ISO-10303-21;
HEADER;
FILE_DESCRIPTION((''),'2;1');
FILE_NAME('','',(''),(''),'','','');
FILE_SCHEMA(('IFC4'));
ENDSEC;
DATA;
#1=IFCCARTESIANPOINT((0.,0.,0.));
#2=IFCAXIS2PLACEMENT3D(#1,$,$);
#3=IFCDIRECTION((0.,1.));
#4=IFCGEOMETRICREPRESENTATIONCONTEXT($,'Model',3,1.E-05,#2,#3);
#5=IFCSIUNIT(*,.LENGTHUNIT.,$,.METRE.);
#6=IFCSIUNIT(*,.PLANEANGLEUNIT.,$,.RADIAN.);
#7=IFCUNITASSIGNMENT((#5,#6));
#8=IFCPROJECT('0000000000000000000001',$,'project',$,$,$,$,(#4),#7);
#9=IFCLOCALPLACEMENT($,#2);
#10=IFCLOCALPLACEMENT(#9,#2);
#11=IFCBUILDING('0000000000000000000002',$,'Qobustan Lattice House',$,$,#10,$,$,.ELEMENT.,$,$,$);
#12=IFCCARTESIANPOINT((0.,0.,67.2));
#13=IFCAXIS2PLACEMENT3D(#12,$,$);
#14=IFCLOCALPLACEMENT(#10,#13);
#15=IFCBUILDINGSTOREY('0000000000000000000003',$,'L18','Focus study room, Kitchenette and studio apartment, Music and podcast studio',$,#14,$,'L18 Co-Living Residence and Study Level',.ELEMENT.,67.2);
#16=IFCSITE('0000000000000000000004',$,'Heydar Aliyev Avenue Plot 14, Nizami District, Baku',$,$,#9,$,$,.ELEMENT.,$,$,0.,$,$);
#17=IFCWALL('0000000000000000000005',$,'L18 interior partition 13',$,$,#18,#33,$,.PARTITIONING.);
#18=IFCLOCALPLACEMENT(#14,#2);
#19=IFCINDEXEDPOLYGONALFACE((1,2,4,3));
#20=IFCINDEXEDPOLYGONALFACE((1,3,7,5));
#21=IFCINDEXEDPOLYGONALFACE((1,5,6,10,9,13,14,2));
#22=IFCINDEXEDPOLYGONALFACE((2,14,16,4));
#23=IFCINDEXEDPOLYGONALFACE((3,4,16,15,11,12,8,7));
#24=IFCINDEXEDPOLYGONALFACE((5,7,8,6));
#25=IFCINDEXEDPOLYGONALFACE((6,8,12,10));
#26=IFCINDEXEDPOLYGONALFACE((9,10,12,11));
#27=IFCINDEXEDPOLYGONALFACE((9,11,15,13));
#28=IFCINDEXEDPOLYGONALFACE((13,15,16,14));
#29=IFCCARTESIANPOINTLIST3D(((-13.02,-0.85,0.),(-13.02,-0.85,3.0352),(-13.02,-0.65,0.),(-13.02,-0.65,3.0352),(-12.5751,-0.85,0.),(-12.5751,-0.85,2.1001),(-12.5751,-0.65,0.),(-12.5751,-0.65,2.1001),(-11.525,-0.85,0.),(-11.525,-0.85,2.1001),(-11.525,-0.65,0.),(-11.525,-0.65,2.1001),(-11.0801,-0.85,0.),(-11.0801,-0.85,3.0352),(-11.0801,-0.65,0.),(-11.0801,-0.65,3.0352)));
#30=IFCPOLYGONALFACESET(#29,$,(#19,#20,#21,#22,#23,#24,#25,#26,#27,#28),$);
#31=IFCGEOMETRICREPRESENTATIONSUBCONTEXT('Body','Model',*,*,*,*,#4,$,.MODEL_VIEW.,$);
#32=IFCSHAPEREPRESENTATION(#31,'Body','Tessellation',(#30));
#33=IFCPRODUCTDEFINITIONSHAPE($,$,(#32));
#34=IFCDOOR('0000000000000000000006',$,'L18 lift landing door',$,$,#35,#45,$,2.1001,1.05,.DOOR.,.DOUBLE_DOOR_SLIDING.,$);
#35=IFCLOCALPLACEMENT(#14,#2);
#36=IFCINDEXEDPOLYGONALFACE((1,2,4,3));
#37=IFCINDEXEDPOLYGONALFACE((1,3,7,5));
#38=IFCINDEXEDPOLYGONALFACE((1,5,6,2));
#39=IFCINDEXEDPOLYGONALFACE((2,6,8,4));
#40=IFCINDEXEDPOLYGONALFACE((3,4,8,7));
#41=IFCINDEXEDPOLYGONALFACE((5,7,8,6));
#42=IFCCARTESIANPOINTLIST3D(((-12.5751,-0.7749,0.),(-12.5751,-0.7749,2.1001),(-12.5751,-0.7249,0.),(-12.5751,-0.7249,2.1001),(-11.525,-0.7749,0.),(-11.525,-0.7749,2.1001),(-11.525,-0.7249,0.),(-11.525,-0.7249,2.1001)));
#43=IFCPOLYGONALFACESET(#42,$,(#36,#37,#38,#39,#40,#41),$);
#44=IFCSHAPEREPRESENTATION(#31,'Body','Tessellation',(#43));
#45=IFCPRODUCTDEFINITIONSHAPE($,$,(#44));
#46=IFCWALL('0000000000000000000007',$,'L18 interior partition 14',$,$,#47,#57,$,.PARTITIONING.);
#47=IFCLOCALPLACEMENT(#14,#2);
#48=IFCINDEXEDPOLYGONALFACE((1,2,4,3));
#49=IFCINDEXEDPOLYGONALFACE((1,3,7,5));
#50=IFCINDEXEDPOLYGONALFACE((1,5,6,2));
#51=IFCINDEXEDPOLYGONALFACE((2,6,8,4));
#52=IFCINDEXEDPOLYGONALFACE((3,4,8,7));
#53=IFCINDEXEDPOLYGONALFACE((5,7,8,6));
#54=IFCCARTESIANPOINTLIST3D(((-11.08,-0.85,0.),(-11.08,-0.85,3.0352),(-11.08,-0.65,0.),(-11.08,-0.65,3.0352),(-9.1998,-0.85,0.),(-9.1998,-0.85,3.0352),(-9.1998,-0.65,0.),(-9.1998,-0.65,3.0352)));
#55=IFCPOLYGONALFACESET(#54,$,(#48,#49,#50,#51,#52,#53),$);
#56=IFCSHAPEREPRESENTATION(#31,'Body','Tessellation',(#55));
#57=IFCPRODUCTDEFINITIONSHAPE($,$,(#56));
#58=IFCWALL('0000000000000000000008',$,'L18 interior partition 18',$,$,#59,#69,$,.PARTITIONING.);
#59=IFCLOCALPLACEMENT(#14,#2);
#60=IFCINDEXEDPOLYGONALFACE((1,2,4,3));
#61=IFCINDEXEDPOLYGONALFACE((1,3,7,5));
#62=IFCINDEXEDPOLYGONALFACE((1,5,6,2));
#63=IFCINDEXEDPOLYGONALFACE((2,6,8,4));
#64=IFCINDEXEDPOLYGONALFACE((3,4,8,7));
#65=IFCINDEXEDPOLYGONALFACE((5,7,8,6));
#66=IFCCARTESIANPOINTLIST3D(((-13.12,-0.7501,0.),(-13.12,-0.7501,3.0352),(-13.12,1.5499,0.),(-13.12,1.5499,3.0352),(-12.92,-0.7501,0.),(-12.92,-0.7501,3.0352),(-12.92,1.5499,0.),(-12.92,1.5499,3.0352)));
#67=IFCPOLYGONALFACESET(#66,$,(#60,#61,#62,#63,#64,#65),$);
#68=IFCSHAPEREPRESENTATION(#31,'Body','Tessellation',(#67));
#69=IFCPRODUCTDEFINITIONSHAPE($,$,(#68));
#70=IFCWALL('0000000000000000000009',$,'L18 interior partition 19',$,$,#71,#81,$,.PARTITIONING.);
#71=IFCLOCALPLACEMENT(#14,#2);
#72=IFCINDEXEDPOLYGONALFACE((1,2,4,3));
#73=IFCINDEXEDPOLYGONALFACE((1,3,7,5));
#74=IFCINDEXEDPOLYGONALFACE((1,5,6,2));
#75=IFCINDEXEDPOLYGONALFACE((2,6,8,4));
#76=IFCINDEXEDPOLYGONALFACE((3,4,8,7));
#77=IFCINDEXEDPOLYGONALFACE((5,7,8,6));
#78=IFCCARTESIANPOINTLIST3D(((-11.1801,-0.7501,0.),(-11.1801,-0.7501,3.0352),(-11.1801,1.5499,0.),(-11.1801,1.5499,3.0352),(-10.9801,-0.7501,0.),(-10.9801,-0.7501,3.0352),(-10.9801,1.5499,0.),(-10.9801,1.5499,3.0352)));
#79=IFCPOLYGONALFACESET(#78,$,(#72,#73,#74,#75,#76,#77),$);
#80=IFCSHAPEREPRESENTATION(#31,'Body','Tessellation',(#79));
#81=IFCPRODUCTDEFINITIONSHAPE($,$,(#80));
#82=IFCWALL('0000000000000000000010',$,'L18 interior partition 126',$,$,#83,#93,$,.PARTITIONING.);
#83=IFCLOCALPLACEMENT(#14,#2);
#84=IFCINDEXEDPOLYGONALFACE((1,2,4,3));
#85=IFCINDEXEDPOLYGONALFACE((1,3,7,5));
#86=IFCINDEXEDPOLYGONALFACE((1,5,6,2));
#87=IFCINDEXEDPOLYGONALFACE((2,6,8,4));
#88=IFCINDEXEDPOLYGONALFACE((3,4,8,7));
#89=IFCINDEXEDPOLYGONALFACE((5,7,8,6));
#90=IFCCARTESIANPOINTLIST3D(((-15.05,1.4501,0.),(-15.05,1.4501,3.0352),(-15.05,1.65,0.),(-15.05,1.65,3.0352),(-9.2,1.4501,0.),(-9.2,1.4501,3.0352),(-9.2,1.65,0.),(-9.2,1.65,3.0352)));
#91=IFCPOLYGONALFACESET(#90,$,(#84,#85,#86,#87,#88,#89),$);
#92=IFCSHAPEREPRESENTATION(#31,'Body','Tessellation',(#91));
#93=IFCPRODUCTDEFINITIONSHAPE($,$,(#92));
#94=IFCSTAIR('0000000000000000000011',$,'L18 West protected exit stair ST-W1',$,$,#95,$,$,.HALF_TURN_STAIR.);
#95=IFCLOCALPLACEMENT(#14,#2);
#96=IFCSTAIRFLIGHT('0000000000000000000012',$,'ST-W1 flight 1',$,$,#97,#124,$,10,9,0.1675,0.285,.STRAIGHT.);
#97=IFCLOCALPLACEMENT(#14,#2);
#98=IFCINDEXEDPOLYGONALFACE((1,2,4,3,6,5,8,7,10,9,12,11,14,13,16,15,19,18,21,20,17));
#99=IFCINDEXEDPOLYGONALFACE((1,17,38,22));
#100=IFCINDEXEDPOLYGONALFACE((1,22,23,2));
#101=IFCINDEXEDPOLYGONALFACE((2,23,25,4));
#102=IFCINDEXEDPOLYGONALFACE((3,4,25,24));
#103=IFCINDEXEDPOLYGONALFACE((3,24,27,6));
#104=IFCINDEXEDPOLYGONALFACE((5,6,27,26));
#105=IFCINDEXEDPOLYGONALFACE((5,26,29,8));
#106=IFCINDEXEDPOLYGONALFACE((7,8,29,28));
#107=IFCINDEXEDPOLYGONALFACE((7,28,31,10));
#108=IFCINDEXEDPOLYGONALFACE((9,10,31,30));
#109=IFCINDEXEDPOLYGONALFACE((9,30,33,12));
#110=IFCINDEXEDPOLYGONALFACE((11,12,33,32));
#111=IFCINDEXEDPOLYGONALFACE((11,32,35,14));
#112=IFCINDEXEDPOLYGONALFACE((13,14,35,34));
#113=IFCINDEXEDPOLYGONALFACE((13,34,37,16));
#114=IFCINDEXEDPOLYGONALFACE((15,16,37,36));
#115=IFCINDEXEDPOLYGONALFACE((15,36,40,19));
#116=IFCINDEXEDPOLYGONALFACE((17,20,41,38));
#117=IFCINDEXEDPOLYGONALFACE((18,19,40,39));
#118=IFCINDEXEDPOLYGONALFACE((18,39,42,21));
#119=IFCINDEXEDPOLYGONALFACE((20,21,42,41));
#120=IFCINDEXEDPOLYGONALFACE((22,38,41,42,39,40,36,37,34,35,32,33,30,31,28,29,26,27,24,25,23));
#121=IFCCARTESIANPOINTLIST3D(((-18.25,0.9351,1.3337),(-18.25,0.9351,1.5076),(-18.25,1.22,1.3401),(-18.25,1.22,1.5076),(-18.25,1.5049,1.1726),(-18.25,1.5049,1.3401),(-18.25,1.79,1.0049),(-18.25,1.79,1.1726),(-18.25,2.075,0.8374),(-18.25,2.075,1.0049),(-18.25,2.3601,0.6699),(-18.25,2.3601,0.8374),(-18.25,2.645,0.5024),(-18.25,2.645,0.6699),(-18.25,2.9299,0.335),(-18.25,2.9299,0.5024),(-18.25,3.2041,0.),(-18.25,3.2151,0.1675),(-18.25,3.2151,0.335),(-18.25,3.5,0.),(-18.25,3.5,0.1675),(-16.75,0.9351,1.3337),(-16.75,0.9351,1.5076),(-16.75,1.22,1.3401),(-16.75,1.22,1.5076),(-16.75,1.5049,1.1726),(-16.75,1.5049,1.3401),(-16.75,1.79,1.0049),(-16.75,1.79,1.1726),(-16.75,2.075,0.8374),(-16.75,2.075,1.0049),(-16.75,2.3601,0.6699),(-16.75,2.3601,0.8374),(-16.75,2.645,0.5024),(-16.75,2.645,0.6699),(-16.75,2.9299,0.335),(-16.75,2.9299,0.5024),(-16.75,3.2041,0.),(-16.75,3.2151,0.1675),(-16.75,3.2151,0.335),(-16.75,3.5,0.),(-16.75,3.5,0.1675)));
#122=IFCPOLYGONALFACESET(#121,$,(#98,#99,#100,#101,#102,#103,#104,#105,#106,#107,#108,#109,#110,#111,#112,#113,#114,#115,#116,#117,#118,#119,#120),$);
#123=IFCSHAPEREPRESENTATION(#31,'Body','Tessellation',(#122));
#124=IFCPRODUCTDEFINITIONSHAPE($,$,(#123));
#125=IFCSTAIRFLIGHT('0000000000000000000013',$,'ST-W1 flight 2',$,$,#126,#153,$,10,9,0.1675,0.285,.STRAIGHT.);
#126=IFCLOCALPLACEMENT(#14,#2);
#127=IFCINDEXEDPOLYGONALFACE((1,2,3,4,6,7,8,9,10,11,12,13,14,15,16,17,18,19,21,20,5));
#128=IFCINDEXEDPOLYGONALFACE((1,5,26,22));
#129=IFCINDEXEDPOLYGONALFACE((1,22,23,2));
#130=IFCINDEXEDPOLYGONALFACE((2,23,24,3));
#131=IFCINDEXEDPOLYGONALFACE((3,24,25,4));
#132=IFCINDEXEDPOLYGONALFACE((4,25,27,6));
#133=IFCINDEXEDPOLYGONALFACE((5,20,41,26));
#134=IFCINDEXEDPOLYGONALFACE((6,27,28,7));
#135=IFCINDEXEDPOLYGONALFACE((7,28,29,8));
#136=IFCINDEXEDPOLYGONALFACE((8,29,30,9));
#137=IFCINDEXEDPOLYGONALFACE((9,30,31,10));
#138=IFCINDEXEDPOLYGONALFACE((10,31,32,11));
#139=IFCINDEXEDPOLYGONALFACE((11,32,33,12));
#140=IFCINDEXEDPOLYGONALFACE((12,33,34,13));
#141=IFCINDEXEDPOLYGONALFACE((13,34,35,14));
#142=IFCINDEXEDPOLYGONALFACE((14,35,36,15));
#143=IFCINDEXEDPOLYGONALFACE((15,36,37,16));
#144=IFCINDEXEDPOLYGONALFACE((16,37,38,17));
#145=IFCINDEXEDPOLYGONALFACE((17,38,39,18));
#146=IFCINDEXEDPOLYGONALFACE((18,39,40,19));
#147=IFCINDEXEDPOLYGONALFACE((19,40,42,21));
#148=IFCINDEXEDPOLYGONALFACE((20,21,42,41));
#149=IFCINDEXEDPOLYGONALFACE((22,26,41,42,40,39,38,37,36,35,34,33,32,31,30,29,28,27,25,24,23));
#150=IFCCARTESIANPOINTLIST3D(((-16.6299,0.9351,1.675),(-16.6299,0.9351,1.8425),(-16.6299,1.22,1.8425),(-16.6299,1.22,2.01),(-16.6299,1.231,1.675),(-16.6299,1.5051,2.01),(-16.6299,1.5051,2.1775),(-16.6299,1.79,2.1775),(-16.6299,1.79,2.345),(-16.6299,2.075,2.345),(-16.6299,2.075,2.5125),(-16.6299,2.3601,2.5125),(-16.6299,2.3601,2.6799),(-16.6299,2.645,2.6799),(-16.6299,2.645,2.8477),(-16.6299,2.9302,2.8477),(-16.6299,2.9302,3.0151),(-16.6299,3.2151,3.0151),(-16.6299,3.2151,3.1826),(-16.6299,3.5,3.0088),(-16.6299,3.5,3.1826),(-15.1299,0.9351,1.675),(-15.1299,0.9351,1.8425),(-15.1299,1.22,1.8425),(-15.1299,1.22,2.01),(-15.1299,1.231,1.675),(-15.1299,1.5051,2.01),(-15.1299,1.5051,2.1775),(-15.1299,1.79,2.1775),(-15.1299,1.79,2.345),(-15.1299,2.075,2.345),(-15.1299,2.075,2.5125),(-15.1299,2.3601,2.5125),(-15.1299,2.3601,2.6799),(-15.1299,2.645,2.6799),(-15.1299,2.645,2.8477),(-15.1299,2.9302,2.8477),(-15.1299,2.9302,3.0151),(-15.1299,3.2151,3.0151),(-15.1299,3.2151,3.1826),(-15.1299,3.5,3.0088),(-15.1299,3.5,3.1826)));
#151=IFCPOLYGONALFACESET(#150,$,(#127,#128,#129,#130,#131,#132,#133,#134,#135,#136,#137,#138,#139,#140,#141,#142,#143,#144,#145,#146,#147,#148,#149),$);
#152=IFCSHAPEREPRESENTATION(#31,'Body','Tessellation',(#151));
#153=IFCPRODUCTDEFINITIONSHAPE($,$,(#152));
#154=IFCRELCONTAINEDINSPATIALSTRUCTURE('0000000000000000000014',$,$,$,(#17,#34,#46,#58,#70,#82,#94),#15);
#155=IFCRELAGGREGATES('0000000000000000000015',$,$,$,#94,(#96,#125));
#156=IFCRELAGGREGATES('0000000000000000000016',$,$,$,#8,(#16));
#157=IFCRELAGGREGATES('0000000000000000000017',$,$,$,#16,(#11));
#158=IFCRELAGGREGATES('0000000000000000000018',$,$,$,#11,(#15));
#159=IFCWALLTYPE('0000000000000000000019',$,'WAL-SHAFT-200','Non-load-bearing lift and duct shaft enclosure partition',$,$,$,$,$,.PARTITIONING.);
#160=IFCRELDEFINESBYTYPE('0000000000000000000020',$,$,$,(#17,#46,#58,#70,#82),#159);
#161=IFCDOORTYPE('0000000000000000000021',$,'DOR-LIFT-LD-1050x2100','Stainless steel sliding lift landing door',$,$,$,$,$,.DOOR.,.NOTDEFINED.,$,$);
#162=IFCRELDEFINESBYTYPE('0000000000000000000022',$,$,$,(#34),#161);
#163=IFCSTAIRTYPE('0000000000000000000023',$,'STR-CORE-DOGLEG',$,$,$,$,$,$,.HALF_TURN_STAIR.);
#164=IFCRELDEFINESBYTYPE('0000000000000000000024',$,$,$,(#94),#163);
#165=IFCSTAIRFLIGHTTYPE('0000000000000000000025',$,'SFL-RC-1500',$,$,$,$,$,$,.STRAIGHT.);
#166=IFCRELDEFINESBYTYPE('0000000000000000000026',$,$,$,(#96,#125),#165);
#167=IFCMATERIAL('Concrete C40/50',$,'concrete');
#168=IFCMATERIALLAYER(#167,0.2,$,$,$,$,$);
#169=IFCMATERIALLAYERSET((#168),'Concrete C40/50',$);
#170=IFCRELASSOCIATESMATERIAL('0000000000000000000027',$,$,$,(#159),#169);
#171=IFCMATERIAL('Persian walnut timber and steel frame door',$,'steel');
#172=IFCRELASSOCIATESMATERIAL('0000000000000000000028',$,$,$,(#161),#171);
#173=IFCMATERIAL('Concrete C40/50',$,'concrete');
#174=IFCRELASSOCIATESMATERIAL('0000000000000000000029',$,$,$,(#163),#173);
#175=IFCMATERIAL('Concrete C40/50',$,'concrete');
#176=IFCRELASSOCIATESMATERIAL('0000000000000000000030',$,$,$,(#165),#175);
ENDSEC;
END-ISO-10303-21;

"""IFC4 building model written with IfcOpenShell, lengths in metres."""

from ifc_helpers import new_model, si_unit, direction, frame, frame_2d, origin, place, context, subcontext, project, spatial, polyline, rectangle, outline, extrude, material, layer, layer_set, type_object, element, fill, aggregate, save


model = new_model("IFC4")

# Units and contexts
model_context = context("Model", 3, precision=1e-05, world=origin(), true_north=direction((0.0, 1.0)))
body_context = subcontext(model_context, "Body", "Model", "MODEL_VIEW")
ifc_project = project(units=[si_unit("LENGTHUNIT", "METRE"), si_unit("PLANEANGLEUNIT", "RADIAN")], contexts=[model_context])

# Site, building, storey
site_placement = place(None, origin())
site = spatial("IfcSite", under=ifc_project, at=site_placement, Name="Heydar Aliyev Avenue Plot 14, Nizami District, Baku", CompositionType="ELEMENT", RefElevation=0.0)
building_placement = place(site_placement, origin())
building = spatial("IfcBuilding", under=site, at=building_placement, Name="Qobustan Lattice House", CompositionType="ELEMENT")
storey_placement = place(building_placement, frame((0.0, 0.0, 67.2)))
storey = spatial("IfcBuildingStorey", under=building, at=storey_placement, Name="L18", Description="Focus study room, Kitchenette and studio apartment, Music and podcast studio", LongName="L18 Co-Living Residence and Study Level", CompositionType="ELEMENT", Elevation=67.2)

# Shared definitions
ifc_material_1 = material(Name="Concrete C40/50", Category="concrete")
ifc_layer_1 = layer(ifc_material_1, 0.2)
ifc_layer_set_1 = layer_set([ifc_layer_1], Name="Concrete C40/50")
wall_type_1 = type_object("IfcWallType", Name="WAL-SHAFT-200", Description="Non-load-bearing lift and duct shaft enclosure partition", PredefinedType="PARTITIONING", material=ifc_layer_set_1)

# Wall, opening, door
wall_1_placement = place(storey_placement, frame((-11.0801, -0.75, 0.0), z_axis=(0.0, 0.0, 1.0), x_axis=(-1.0, 0.0, 0.0)))
wall_1 = element("IfcWall", 1, at=wall_1_placement, inside=storey, type_object=wall_type_1, Name="L18 interior partition 13", PredefinedType="PARTITIONING", context=body_context, shape_type="SweptSolid", body=[
    extrude(rectangle(XDim=1.9399, YDim=0.2, at=frame_2d((0.97, 0.0))), origin(), (0.0, 0.0, 1.0), 3.0352),
])
opening_1_placement = place(wall_1_placement, frame((0.4451, 0.0, 0.0)))
opening_1 = element("IfcOpeningElement", 2, at=opening_1_placement, cuts=wall_1, PredefinedType="OPENING", context=body_context, shape_type="SweptSolid", body=[
    extrude(rectangle(XDim=1.05, YDim=2.1001, at=frame_2d((0.5249, 1.05))), frame((0.0, 0.1099, 0.0), z_axis=(0.0, -1.0, 0.0), x_axis=(1.0, 0.0, 0.0)), (0.0, 0.0, 1.0), 0.22),
])
ifc_material_2 = material(Name="Persian walnut timber and steel frame door", Category="steel")
door_type_1 = type_object("IfcDoorType", Name="DOR-LIFT-LD-1050x2100", Description="Stainless steel sliding lift landing door", OperationType="NOTDEFINED", PredefinedType="DOOR", material=ifc_material_2)
door_1_placement = place(opening_1_placement, origin())
door_1 = element("IfcDoor", 3, at=door_1_placement, inside=storey, type_object=door_type_1, Name="L18 lift landing door", OperationType="DOUBLE_DOOR_SLIDING", OverallHeight=2.1001, OverallWidth=1.05, PredefinedType="DOOR", context=body_context, shape_type="SweptSolid", body=[
    extrude(rectangle(XDim=1.05, YDim=2.1001, at=frame_2d((0.5249, 1.05))), frame((0.0, 0.0249, 0.0), z_axis=(0.0, -1.0, 0.0), x_axis=(1.0, 0.0, 0.0)), (0.0, 0.0, 1.0), 0.05),
])
fill(opening_1, door_1)

# Walls
wall_2_placement = place(storey_placement, frame((-9.2, -0.75, 0.0), z_axis=(0.0, 0.0, 1.0), x_axis=(-1.0, 0.0, 0.0)))
element("IfcWall", 4, at=wall_2_placement, inside=storey, type_object=wall_type_1, Name="L18 interior partition 14", PredefinedType="PARTITIONING", context=body_context, shape_type="SweptSolid", body=[
    extrude(rectangle(XDim=1.8801, YDim=0.2, at=frame_2d((0.9399, 0.0))), origin(), (0.0, 0.0, 1.0), 3.0352),
])
for number, where, z_axis, x_axis, name in (
    (5, (-13.02, -0.75, 0.0), (0.0, 0.0, 1.0), (0.0, 1.0, 0.0), "L18 interior partition 18"),
    (6, (-11.0801, -0.75, 0.0), (0.0, 0.0, 1.0), (0.0, 1.0, 0.0), "L18 interior partition 19"),
):
    element("IfcWall", number, at=place(storey_placement, frame(where, z_axis=z_axis, x_axis=x_axis)), inside=storey, type_object=wall_type_1, Name=name, PredefinedType="PARTITIONING", context=body_context, shape_type="SweptSolid", body=[
        extrude(rectangle(XDim=2.3, YDim=0.2, at=frame_2d((1.1499, 0.0))), origin(), (0.0, 0.0, 1.0), 3.0352),
    ])
wall_3_placement = place(storey_placement, frame((-15.05, 1.55, 0.0), z_axis=(0.0, 0.0, 1.0), x_axis=(1.0, 0.0, 0.0)))
element("IfcWall", 7, at=wall_3_placement, inside=storey, type_object=wall_type_1, Name="L18 interior partition 126", PredefinedType="PARTITIONING", context=body_context, shape_type="SweptSolid", body=[
    extrude(rectangle(XDim=5.8501, YDim=0.2, at=frame_2d((2.925, 0.0))), origin(), (0.0, 0.0, 1.0), 3.0352),
])

# Stair, stair flights
ifc_material_3 = material(Name="Concrete C40/50", Category="concrete")
stair_type = type_object("IfcStairType", Name="STR-CORE-DOGLEG", PredefinedType="HALF_TURN_STAIR", material=ifc_material_3)
stair_placement = place(storey_placement, origin())
stair = element("IfcStair", 8, at=stair_placement, inside=storey, type_object=stair_type, Name="L18 West protected exit stair ST-W1", PredefinedType="HALF_TURN_STAIR")
ifc_material_4 = material(Name="Concrete C40/50", Category="concrete")
stair_flight_type = type_object("IfcStairFlightType", Name="SFL-RC-1500", PredefinedType="STRAIGHT", material=ifc_material_4)
stair_flight_1_placement = place(storey_placement, frame((-17.5, 3.5, 0.0), z_axis=(0.0, 0.0, 1.0), x_axis=(0.0, -1.0, 0.0)))
stair_flight_1 = element("IfcStairFlight", 9, at=stair_flight_1_placement, type_object=stair_flight_type, Name="ST-W1 flight 1", NumberOfRisers=10, NumberOfTreads=9, PredefinedType="STRAIGHT", RiserHeight=0.1675, TreadLength=0.285, context=body_context, shape_type="SweptSolid", body=[
    extrude(outline(polyline([(0.0, 0.0), (0.0, 0.1675), (0.2849, 0.1675), (0.2849, 0.335), (0.5701, 0.335), (0.5701, 0.5024), (0.855, 0.5024), (0.855, 0.6699), (1.1399, 0.6699), (1.1399, 0.8374), (1.425, 0.8374), (1.425, 1.0049), (1.71, 1.0049), (1.71, 1.1726), (1.9951, 1.1726), (1.9951, 1.3401), (2.28, 1.3401), (2.28, 1.5076), (2.5649, 1.5076), (2.5649, 1.675), (2.5649, 1.3337), (0.2959, 0.0), (0.0, 0.0)])), frame((0.0, 0.75, 0.0), z_axis=(0.0, -1.0, 0.0), x_axis=(1.0, 0.0, 0.0)), (0.0, 0.0, 1.0), 1.5),
])
stair_flight_2_placement = place(storey_placement, frame((-15.8799, 0.9351, 1.675), z_axis=(0.0, 0.0, 1.0), x_axis=(0.0, 1.0, 0.0)))
stair_flight_2 = element("IfcStairFlight", 10, at=stair_flight_2_placement, type_object=stair_flight_type, Name="ST-W1 flight 2", NumberOfRisers=10, NumberOfTreads=9, PredefinedType="STRAIGHT", RiserHeight=0.1675, TreadLength=0.285, context=body_context, shape_type="SweptSolid", body=[
    extrude(outline(polyline([(0.0, 0.0), (0.0, 0.1675), (0.2849, 0.1675), (0.2849, 0.335), (0.5701, 0.335), (0.5701, 0.5024), (0.855, 0.5024), (0.855, 0.6699), (1.1399, 0.6699), (1.1399, 0.8374), (1.425, 0.8374), (1.425, 1.0049), (1.71, 1.0049), (1.71, 1.1726), (1.9951, 1.1726), (1.9951, 1.3401), (2.28, 1.3401), (2.28, 1.5076), (2.5649, 1.5076), (2.5649, 1.675), (2.5649, 1.3337), (0.2959, 0.0), (0.0, 0.0)])), frame((0.0, 0.75, 0.0), z_axis=(0.0, -1.0, 0.0), x_axis=(1.0, 0.0, 0.0)), (0.0, 0.0, 1.0), 1.5),
])
aggregate(stair, [stair_flight_1, stair_flight_2])

save(model, "model.ifc")
